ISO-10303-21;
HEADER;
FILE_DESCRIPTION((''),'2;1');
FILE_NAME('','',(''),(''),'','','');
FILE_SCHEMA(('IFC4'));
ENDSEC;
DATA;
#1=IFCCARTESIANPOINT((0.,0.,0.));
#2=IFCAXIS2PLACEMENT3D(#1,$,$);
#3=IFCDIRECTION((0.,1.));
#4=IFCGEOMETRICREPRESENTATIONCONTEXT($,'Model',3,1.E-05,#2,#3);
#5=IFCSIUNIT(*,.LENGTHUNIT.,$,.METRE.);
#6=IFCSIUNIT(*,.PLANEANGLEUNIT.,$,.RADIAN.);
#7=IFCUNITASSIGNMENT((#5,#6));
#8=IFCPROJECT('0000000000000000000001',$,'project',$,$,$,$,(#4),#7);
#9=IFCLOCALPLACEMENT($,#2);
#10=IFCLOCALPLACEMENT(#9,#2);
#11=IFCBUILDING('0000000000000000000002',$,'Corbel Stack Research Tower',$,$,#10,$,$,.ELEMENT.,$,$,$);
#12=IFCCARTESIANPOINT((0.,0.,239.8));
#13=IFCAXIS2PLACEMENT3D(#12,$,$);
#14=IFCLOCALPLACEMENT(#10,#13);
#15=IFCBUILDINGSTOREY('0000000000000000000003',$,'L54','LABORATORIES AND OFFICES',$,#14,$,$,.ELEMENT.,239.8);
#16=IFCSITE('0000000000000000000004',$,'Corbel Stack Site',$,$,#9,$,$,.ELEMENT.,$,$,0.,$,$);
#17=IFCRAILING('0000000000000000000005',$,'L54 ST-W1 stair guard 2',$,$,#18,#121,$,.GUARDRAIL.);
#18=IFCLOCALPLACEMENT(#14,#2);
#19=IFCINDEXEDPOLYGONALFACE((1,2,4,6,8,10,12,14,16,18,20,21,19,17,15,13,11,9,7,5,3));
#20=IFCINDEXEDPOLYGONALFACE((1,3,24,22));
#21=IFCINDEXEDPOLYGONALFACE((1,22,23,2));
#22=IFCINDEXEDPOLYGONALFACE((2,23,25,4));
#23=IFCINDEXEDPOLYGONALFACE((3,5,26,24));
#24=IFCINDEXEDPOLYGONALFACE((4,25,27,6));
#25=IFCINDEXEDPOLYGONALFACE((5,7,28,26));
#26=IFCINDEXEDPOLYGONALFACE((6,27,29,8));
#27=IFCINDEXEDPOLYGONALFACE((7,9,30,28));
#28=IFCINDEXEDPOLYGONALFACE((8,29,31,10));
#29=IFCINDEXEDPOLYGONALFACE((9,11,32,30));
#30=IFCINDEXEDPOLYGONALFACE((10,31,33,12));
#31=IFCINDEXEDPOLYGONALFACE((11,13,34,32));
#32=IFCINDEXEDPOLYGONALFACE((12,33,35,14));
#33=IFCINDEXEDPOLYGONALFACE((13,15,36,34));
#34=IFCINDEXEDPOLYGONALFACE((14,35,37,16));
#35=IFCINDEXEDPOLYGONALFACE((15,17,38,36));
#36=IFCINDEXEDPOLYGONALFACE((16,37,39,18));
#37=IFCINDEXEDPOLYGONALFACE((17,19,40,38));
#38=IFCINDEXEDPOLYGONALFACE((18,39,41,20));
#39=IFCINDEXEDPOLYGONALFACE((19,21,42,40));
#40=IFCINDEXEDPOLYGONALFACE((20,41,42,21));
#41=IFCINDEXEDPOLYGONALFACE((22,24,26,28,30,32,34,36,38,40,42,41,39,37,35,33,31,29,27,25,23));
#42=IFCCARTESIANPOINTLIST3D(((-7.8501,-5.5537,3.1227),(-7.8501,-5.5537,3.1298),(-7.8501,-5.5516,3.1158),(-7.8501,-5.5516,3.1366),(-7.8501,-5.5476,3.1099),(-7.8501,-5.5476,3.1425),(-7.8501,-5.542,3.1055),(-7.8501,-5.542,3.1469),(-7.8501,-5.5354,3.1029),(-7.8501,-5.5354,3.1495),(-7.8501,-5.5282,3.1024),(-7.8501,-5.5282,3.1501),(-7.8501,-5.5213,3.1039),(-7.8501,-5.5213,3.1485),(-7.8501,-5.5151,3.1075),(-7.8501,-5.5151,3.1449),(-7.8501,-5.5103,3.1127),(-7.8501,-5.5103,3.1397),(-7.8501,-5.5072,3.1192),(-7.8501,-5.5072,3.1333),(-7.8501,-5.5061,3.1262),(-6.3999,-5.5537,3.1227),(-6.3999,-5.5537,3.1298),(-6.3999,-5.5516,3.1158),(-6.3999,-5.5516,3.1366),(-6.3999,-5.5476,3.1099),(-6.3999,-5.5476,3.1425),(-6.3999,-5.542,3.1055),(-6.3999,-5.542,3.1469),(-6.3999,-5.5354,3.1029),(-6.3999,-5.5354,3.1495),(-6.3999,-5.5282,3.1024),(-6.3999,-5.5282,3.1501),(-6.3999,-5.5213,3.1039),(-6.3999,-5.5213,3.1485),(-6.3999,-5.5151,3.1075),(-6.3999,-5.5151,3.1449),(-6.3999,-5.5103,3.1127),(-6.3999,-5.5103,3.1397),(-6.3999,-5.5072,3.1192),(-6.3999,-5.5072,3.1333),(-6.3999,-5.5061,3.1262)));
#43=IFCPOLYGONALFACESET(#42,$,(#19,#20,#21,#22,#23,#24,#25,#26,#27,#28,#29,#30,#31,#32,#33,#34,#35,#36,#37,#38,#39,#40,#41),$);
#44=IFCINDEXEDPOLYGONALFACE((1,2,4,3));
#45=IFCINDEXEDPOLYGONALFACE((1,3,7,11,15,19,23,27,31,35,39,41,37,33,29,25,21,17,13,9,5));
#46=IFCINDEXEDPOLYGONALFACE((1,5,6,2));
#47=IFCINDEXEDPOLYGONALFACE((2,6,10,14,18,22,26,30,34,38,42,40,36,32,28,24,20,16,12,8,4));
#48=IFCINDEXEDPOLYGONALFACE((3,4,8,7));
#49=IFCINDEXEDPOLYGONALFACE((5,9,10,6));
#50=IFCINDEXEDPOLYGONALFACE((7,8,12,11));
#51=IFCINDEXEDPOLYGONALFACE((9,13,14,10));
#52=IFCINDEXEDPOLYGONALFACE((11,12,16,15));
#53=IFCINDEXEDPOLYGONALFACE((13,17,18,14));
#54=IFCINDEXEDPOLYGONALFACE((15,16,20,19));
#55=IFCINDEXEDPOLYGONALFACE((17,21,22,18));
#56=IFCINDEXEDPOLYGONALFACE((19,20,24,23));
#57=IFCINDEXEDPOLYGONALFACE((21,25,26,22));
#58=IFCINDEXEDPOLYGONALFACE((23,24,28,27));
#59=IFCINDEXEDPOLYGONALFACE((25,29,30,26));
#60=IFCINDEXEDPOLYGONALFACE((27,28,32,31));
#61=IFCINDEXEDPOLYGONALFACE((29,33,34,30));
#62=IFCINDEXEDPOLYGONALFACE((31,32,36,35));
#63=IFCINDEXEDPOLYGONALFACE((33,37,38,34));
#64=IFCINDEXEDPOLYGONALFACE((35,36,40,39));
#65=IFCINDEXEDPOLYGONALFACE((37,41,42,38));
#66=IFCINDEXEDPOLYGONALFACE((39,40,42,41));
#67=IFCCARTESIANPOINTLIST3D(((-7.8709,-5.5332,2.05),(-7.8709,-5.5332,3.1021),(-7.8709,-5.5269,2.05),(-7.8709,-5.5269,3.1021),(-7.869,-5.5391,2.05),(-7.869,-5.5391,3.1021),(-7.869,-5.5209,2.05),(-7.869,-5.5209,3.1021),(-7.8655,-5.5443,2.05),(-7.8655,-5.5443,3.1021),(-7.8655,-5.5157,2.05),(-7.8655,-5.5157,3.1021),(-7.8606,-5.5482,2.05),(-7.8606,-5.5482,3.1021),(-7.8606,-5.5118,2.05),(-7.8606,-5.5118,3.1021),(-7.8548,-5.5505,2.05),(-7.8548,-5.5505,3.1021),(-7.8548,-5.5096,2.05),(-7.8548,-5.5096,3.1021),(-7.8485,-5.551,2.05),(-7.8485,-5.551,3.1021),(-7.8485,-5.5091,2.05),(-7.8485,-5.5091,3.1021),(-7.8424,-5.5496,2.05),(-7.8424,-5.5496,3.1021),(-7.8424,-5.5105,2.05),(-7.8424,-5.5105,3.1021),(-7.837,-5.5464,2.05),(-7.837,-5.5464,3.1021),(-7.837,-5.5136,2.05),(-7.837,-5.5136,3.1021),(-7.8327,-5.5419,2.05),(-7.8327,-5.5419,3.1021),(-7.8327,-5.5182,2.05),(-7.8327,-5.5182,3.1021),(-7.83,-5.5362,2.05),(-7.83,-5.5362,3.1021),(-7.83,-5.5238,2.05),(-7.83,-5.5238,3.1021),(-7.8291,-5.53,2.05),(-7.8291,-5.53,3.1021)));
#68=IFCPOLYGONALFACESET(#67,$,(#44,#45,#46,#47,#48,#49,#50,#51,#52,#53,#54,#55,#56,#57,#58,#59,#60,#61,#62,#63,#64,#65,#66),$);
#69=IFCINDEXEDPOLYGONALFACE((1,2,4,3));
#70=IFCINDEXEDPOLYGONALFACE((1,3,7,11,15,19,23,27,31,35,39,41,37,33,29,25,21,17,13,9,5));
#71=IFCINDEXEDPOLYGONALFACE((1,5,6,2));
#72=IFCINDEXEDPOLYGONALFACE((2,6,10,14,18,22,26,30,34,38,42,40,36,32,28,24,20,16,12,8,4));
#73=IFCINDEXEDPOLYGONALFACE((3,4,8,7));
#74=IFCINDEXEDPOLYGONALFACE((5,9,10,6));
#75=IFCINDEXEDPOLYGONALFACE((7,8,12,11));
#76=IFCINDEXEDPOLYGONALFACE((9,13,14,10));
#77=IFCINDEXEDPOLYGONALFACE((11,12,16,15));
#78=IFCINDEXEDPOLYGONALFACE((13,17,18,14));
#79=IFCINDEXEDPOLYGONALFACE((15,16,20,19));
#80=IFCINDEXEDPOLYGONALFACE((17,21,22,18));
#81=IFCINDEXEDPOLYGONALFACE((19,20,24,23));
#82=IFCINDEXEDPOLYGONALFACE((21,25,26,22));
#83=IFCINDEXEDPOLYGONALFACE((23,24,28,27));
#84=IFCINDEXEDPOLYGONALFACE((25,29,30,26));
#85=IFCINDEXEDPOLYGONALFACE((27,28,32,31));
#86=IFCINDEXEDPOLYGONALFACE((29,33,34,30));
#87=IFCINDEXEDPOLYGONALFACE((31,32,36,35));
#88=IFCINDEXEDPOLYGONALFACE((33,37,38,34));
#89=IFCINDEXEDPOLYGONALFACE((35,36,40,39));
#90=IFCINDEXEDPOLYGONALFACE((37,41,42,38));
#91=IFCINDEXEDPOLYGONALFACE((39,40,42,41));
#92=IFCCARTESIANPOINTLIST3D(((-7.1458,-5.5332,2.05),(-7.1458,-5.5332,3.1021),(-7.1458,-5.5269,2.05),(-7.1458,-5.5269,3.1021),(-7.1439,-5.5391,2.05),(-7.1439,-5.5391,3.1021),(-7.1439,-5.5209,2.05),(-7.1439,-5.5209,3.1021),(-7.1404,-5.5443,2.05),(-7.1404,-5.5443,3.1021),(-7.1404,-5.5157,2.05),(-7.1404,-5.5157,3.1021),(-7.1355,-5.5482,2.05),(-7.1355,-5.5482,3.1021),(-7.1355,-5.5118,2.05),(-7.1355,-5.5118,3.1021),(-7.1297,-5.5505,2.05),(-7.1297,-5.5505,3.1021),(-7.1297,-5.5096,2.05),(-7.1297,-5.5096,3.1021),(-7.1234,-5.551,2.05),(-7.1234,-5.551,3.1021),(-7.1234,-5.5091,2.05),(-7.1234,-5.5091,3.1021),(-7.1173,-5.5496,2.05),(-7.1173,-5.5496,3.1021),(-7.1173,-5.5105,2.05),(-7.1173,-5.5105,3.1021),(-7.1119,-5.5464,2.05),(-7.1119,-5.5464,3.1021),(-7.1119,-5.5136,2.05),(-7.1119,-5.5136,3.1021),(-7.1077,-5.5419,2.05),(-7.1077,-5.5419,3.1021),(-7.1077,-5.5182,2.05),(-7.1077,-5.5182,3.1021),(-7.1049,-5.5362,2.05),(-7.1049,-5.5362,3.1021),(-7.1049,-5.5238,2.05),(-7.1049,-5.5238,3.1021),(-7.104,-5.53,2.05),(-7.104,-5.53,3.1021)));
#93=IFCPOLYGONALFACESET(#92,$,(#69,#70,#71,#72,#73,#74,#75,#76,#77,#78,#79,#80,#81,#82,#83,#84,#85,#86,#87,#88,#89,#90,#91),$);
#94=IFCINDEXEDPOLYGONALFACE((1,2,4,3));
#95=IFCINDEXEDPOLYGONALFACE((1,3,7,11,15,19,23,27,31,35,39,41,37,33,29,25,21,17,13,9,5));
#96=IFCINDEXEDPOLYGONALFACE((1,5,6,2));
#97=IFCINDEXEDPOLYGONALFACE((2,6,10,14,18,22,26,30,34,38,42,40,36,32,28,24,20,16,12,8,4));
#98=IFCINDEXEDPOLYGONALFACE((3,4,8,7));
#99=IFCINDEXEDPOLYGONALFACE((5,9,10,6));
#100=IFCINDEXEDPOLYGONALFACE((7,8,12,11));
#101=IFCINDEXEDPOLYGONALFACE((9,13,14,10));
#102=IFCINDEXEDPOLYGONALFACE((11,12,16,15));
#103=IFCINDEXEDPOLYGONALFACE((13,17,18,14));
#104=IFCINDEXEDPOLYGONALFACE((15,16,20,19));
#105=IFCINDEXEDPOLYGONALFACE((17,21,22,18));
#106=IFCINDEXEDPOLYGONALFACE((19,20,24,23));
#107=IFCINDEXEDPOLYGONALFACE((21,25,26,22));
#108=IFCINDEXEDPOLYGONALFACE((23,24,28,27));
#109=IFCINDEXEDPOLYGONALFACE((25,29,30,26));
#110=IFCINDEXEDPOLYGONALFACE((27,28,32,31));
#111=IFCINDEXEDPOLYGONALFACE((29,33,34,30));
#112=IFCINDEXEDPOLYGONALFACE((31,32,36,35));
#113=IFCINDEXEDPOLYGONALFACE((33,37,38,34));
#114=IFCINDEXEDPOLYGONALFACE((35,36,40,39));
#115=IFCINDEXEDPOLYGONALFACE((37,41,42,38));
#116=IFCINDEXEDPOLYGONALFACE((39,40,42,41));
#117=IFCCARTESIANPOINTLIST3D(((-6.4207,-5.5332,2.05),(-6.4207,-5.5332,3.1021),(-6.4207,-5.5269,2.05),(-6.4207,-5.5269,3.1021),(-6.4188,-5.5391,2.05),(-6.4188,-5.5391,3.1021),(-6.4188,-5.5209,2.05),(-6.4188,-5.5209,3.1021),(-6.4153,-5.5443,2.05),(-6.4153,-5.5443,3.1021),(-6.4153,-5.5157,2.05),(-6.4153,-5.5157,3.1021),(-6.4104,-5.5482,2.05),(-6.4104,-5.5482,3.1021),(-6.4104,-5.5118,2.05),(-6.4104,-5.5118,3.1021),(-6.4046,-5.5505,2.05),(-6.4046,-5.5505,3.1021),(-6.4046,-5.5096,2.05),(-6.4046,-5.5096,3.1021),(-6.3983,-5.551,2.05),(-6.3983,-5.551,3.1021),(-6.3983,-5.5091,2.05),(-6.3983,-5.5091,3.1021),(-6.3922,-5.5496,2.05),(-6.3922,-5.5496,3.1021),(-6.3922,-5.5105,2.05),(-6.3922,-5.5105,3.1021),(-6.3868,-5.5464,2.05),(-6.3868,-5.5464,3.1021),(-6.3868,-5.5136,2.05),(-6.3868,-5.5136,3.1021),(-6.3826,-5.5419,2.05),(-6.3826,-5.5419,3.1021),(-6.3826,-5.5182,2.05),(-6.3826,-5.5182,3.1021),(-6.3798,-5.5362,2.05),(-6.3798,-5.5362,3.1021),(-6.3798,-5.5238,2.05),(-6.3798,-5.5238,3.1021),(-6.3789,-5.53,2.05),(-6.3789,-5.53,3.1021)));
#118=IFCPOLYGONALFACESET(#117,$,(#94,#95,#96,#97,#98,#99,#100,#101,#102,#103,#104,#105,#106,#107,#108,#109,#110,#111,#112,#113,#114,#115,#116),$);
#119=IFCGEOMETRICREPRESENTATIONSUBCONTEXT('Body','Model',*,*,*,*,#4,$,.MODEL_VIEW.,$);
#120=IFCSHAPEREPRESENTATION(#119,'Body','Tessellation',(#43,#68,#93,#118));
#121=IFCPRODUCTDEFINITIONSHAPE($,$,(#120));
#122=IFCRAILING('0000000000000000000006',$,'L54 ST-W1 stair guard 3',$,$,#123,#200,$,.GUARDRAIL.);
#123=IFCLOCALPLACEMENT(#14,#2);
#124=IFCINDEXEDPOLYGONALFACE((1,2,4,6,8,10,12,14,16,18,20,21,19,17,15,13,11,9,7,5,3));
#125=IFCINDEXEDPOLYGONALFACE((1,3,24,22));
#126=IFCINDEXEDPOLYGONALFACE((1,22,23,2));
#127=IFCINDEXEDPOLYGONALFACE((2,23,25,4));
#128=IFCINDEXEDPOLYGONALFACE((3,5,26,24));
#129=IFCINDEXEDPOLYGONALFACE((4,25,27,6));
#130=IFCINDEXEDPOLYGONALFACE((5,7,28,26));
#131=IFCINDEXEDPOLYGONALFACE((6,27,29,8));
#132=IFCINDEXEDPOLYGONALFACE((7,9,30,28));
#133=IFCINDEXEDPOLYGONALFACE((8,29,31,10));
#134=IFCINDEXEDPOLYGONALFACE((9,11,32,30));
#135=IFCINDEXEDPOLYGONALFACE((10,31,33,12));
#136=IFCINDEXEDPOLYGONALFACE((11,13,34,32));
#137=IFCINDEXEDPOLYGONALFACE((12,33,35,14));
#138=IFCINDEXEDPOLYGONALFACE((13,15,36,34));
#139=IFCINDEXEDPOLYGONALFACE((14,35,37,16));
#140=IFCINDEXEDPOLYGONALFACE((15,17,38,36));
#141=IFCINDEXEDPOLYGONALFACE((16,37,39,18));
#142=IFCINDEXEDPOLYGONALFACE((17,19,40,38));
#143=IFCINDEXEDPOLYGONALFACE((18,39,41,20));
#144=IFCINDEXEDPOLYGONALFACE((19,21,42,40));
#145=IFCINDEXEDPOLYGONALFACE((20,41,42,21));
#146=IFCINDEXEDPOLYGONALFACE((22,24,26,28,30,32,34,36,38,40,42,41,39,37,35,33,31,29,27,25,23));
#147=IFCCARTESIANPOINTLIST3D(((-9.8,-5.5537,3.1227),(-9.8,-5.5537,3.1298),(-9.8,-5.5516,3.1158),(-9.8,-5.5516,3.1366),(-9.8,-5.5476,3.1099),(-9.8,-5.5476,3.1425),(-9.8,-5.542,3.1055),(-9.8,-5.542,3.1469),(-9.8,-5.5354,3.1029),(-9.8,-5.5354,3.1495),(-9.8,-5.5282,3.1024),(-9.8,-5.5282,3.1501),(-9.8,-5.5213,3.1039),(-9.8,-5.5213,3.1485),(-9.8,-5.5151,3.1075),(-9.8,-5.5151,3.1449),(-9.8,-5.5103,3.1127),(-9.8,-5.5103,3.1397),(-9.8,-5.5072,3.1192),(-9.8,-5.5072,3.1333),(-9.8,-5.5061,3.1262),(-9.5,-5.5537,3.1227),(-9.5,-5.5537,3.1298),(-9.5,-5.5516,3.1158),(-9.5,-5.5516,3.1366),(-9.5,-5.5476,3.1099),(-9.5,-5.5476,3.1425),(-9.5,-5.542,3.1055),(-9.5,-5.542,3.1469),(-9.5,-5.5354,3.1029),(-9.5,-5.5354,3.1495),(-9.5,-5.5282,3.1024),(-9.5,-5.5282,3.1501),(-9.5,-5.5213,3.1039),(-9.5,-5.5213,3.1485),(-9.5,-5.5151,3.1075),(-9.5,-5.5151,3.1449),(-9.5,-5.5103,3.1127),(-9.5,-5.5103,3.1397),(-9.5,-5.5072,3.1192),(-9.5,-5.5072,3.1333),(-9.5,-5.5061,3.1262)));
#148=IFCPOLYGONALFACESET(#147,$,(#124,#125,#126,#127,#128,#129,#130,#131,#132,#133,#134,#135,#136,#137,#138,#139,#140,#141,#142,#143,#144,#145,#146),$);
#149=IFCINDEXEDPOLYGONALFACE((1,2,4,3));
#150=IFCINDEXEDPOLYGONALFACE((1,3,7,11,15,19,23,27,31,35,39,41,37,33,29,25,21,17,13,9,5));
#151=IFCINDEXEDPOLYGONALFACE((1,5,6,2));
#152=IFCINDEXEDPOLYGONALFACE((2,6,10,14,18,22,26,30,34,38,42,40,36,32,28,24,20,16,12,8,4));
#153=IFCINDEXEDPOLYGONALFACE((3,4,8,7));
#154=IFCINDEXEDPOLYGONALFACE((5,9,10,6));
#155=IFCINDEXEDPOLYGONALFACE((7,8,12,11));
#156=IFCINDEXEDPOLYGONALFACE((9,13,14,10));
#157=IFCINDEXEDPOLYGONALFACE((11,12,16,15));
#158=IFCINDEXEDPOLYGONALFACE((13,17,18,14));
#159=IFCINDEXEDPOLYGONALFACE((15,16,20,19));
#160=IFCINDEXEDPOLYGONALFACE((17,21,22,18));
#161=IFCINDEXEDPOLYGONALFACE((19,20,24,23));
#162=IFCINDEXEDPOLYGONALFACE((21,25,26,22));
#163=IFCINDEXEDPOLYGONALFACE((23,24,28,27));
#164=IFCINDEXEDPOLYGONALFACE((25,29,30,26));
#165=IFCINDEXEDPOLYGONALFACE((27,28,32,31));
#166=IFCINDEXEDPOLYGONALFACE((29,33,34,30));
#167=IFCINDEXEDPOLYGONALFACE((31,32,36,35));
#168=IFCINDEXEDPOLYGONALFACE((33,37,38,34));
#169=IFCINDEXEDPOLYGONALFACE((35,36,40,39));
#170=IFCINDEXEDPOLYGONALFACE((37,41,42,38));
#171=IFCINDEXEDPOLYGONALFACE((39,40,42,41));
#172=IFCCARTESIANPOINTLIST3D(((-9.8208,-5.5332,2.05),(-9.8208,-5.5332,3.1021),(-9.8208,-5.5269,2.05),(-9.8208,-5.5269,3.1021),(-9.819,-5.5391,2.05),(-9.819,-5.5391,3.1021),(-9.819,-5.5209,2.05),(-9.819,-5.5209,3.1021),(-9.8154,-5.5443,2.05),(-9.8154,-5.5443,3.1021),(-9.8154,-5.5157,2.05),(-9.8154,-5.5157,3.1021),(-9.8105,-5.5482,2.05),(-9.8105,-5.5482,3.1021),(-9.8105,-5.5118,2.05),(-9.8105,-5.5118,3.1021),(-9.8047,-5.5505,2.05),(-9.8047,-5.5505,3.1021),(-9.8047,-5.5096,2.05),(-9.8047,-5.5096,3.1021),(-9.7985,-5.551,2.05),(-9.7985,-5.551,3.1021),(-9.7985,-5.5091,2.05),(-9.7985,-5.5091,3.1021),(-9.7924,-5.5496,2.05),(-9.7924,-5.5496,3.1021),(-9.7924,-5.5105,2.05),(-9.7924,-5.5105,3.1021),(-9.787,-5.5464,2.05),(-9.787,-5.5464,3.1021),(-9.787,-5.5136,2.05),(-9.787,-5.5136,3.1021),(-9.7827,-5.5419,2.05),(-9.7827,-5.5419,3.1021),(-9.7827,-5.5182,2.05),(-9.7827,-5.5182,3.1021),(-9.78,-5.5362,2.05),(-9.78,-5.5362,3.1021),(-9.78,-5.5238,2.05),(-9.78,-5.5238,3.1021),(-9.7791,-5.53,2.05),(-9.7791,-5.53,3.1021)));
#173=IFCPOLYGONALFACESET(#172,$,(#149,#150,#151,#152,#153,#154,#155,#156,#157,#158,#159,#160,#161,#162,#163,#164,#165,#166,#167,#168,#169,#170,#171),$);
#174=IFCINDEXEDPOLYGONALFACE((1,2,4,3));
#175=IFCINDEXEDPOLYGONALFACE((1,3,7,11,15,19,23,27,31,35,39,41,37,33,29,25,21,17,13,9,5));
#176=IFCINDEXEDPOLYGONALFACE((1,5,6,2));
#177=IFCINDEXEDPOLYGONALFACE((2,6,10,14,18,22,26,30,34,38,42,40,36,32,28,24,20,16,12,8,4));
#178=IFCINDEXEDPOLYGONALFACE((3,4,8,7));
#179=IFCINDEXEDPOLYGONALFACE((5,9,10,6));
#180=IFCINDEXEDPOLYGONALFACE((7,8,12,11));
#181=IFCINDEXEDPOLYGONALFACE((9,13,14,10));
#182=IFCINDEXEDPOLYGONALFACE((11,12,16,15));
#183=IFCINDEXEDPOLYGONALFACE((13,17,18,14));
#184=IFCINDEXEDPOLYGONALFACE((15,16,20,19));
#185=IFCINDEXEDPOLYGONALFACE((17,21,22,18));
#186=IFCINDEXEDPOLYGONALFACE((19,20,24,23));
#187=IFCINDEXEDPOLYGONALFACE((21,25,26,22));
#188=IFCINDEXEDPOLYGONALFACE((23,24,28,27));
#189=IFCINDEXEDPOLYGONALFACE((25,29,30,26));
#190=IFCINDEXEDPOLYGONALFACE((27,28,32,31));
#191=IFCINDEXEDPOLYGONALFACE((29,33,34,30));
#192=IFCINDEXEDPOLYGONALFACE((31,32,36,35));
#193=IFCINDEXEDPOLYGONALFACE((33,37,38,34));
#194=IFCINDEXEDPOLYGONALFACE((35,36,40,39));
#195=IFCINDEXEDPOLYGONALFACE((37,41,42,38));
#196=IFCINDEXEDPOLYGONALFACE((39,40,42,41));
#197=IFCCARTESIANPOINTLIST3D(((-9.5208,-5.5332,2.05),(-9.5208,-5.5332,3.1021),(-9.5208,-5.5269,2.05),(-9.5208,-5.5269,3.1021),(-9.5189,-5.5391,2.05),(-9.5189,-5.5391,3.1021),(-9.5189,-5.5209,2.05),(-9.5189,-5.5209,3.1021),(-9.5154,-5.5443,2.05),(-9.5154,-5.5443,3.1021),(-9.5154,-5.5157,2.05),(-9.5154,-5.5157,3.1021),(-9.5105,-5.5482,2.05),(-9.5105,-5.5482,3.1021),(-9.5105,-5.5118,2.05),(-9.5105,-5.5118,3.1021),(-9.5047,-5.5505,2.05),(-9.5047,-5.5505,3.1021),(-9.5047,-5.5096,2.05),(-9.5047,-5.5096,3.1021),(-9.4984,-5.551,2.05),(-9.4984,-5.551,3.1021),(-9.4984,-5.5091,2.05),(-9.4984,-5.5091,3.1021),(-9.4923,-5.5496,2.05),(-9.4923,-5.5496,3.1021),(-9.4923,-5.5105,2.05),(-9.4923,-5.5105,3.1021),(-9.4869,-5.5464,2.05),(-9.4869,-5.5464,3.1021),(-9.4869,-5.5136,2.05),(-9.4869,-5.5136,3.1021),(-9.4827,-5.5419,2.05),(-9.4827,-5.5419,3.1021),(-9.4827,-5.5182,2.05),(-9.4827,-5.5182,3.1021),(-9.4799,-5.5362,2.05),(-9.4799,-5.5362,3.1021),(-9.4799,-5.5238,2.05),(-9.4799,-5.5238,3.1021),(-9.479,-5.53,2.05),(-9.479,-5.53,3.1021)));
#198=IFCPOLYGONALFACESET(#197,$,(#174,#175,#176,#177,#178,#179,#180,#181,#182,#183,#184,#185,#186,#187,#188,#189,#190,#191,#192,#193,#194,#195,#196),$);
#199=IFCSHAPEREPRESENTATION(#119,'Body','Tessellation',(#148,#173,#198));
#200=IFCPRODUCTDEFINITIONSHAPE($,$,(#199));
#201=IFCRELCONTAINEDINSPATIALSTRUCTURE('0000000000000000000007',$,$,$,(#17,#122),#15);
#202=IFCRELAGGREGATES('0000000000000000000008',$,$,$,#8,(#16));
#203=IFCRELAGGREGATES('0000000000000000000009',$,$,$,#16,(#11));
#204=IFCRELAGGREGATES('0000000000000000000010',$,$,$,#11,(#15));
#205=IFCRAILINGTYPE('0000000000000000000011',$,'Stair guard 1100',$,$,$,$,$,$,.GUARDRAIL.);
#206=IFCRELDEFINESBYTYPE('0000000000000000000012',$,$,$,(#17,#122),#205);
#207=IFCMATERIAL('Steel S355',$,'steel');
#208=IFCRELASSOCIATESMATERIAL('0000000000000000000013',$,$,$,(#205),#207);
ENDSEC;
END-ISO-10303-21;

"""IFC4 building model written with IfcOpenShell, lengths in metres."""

from ifc_helpers import new_model, si_unit, direction, frame, origin, origin_2d, place, context, subcontext, project, spatial, circle, extrude, material, type_object, element, save


model = new_model("IFC4")

# Units and contexts
model_context = context("Model", 3, precision=1e-05, world=origin(), true_north=direction((0.0, 1.0)))
body_context = subcontext(model_context, "Body", "Model", "MODEL_VIEW")
ifc_project = project(units=[si_unit("LENGTHUNIT", "METRE"), si_unit("PLANEANGLEUNIT", "RADIAN")], contexts=[model_context])

# Site, building, storey
site_placement = place(None, origin())
site = spatial("IfcSite", under=ifc_project, at=site_placement, Name="Corbel Stack Site", CompositionType="ELEMENT", RefElevation=0.0)
building_placement = place(site_placement, origin())
building = spatial("IfcBuilding", under=site, at=building_placement, Name="Corbel Stack Research Tower", CompositionType="ELEMENT")
storey_placement = place(building_placement, frame((0.0, 0.0, 239.8)))
storey = spatial("IfcBuildingStorey", under=building, at=storey_placement, Name="L54", Description="LABORATORIES AND OFFICES", CompositionType="ELEMENT", Elevation=239.8)

# Railings
ifc_material_1 = material(Name="Steel S355", Category="steel")
railing_type = type_object("IfcRailingType", Name="Stair guard 1100", PredefinedType="GUARDRAIL", material=ifc_material_1)
railing_1_placement = place(storey_placement, frame((-7.8501, -5.53, 2.05)))
element("IfcRailing", 1, at=railing_1_placement, inside=storey, type_object=railing_type, Name="L54 ST-W1 stair guard 2", PredefinedType="GUARDRAIL", context=body_context, shape_type="SweptSolid", body=[
    extrude(circle(Radius=0.0239, at=origin_2d()), frame((0.0, 0.0, 1.0762), z_axis=(1.0, 0.0, 0.0), x_axis=(0.0, 1.0, 0.0)), (0.0, 0.0, 1.0), 1.4502),
    extrude(circle(Radius=0.021, at=origin_2d()), origin(), (0.0, 0.0, 1.0), 1.052),
    extrude(circle(Radius=0.021, at=origin_2d()), frame((0.7251, 0.0, 0.0)), (0.0, 0.0, 1.0), 1.052),
    extrude(circle(Radius=0.021, at=origin_2d()), frame((1.4502, 0.0, 0.0)), (0.0, 0.0, 1.0), 1.052),
])
railing_2_placement = place(storey_placement, frame((-9.8, -5.53, 2.05)))
element("IfcRailing", 2, at=railing_2_placement, inside=storey, type_object=railing_type, Name="L54 ST-W1 stair guard 3", PredefinedType="GUARDRAIL", context=body_context, shape_type="SweptSolid", body=[
    extrude(circle(Radius=0.0239, at=origin_2d()), frame((0.0, 0.0, 1.0762), z_axis=(1.0, 0.0, 0.0), x_axis=(0.0, 1.0, 0.0)), (0.0, 0.0, 1.0), 0.3),
    extrude(circle(Radius=0.021, at=origin_2d()), origin(), (0.0, 0.0, 1.0), 1.052),
    extrude(circle(Radius=0.021, at=origin_2d()), frame((0.3, 0.0, 0.0)), (0.0, 0.0, 1.0), 1.052),
])

save(model, "model.ifc")
